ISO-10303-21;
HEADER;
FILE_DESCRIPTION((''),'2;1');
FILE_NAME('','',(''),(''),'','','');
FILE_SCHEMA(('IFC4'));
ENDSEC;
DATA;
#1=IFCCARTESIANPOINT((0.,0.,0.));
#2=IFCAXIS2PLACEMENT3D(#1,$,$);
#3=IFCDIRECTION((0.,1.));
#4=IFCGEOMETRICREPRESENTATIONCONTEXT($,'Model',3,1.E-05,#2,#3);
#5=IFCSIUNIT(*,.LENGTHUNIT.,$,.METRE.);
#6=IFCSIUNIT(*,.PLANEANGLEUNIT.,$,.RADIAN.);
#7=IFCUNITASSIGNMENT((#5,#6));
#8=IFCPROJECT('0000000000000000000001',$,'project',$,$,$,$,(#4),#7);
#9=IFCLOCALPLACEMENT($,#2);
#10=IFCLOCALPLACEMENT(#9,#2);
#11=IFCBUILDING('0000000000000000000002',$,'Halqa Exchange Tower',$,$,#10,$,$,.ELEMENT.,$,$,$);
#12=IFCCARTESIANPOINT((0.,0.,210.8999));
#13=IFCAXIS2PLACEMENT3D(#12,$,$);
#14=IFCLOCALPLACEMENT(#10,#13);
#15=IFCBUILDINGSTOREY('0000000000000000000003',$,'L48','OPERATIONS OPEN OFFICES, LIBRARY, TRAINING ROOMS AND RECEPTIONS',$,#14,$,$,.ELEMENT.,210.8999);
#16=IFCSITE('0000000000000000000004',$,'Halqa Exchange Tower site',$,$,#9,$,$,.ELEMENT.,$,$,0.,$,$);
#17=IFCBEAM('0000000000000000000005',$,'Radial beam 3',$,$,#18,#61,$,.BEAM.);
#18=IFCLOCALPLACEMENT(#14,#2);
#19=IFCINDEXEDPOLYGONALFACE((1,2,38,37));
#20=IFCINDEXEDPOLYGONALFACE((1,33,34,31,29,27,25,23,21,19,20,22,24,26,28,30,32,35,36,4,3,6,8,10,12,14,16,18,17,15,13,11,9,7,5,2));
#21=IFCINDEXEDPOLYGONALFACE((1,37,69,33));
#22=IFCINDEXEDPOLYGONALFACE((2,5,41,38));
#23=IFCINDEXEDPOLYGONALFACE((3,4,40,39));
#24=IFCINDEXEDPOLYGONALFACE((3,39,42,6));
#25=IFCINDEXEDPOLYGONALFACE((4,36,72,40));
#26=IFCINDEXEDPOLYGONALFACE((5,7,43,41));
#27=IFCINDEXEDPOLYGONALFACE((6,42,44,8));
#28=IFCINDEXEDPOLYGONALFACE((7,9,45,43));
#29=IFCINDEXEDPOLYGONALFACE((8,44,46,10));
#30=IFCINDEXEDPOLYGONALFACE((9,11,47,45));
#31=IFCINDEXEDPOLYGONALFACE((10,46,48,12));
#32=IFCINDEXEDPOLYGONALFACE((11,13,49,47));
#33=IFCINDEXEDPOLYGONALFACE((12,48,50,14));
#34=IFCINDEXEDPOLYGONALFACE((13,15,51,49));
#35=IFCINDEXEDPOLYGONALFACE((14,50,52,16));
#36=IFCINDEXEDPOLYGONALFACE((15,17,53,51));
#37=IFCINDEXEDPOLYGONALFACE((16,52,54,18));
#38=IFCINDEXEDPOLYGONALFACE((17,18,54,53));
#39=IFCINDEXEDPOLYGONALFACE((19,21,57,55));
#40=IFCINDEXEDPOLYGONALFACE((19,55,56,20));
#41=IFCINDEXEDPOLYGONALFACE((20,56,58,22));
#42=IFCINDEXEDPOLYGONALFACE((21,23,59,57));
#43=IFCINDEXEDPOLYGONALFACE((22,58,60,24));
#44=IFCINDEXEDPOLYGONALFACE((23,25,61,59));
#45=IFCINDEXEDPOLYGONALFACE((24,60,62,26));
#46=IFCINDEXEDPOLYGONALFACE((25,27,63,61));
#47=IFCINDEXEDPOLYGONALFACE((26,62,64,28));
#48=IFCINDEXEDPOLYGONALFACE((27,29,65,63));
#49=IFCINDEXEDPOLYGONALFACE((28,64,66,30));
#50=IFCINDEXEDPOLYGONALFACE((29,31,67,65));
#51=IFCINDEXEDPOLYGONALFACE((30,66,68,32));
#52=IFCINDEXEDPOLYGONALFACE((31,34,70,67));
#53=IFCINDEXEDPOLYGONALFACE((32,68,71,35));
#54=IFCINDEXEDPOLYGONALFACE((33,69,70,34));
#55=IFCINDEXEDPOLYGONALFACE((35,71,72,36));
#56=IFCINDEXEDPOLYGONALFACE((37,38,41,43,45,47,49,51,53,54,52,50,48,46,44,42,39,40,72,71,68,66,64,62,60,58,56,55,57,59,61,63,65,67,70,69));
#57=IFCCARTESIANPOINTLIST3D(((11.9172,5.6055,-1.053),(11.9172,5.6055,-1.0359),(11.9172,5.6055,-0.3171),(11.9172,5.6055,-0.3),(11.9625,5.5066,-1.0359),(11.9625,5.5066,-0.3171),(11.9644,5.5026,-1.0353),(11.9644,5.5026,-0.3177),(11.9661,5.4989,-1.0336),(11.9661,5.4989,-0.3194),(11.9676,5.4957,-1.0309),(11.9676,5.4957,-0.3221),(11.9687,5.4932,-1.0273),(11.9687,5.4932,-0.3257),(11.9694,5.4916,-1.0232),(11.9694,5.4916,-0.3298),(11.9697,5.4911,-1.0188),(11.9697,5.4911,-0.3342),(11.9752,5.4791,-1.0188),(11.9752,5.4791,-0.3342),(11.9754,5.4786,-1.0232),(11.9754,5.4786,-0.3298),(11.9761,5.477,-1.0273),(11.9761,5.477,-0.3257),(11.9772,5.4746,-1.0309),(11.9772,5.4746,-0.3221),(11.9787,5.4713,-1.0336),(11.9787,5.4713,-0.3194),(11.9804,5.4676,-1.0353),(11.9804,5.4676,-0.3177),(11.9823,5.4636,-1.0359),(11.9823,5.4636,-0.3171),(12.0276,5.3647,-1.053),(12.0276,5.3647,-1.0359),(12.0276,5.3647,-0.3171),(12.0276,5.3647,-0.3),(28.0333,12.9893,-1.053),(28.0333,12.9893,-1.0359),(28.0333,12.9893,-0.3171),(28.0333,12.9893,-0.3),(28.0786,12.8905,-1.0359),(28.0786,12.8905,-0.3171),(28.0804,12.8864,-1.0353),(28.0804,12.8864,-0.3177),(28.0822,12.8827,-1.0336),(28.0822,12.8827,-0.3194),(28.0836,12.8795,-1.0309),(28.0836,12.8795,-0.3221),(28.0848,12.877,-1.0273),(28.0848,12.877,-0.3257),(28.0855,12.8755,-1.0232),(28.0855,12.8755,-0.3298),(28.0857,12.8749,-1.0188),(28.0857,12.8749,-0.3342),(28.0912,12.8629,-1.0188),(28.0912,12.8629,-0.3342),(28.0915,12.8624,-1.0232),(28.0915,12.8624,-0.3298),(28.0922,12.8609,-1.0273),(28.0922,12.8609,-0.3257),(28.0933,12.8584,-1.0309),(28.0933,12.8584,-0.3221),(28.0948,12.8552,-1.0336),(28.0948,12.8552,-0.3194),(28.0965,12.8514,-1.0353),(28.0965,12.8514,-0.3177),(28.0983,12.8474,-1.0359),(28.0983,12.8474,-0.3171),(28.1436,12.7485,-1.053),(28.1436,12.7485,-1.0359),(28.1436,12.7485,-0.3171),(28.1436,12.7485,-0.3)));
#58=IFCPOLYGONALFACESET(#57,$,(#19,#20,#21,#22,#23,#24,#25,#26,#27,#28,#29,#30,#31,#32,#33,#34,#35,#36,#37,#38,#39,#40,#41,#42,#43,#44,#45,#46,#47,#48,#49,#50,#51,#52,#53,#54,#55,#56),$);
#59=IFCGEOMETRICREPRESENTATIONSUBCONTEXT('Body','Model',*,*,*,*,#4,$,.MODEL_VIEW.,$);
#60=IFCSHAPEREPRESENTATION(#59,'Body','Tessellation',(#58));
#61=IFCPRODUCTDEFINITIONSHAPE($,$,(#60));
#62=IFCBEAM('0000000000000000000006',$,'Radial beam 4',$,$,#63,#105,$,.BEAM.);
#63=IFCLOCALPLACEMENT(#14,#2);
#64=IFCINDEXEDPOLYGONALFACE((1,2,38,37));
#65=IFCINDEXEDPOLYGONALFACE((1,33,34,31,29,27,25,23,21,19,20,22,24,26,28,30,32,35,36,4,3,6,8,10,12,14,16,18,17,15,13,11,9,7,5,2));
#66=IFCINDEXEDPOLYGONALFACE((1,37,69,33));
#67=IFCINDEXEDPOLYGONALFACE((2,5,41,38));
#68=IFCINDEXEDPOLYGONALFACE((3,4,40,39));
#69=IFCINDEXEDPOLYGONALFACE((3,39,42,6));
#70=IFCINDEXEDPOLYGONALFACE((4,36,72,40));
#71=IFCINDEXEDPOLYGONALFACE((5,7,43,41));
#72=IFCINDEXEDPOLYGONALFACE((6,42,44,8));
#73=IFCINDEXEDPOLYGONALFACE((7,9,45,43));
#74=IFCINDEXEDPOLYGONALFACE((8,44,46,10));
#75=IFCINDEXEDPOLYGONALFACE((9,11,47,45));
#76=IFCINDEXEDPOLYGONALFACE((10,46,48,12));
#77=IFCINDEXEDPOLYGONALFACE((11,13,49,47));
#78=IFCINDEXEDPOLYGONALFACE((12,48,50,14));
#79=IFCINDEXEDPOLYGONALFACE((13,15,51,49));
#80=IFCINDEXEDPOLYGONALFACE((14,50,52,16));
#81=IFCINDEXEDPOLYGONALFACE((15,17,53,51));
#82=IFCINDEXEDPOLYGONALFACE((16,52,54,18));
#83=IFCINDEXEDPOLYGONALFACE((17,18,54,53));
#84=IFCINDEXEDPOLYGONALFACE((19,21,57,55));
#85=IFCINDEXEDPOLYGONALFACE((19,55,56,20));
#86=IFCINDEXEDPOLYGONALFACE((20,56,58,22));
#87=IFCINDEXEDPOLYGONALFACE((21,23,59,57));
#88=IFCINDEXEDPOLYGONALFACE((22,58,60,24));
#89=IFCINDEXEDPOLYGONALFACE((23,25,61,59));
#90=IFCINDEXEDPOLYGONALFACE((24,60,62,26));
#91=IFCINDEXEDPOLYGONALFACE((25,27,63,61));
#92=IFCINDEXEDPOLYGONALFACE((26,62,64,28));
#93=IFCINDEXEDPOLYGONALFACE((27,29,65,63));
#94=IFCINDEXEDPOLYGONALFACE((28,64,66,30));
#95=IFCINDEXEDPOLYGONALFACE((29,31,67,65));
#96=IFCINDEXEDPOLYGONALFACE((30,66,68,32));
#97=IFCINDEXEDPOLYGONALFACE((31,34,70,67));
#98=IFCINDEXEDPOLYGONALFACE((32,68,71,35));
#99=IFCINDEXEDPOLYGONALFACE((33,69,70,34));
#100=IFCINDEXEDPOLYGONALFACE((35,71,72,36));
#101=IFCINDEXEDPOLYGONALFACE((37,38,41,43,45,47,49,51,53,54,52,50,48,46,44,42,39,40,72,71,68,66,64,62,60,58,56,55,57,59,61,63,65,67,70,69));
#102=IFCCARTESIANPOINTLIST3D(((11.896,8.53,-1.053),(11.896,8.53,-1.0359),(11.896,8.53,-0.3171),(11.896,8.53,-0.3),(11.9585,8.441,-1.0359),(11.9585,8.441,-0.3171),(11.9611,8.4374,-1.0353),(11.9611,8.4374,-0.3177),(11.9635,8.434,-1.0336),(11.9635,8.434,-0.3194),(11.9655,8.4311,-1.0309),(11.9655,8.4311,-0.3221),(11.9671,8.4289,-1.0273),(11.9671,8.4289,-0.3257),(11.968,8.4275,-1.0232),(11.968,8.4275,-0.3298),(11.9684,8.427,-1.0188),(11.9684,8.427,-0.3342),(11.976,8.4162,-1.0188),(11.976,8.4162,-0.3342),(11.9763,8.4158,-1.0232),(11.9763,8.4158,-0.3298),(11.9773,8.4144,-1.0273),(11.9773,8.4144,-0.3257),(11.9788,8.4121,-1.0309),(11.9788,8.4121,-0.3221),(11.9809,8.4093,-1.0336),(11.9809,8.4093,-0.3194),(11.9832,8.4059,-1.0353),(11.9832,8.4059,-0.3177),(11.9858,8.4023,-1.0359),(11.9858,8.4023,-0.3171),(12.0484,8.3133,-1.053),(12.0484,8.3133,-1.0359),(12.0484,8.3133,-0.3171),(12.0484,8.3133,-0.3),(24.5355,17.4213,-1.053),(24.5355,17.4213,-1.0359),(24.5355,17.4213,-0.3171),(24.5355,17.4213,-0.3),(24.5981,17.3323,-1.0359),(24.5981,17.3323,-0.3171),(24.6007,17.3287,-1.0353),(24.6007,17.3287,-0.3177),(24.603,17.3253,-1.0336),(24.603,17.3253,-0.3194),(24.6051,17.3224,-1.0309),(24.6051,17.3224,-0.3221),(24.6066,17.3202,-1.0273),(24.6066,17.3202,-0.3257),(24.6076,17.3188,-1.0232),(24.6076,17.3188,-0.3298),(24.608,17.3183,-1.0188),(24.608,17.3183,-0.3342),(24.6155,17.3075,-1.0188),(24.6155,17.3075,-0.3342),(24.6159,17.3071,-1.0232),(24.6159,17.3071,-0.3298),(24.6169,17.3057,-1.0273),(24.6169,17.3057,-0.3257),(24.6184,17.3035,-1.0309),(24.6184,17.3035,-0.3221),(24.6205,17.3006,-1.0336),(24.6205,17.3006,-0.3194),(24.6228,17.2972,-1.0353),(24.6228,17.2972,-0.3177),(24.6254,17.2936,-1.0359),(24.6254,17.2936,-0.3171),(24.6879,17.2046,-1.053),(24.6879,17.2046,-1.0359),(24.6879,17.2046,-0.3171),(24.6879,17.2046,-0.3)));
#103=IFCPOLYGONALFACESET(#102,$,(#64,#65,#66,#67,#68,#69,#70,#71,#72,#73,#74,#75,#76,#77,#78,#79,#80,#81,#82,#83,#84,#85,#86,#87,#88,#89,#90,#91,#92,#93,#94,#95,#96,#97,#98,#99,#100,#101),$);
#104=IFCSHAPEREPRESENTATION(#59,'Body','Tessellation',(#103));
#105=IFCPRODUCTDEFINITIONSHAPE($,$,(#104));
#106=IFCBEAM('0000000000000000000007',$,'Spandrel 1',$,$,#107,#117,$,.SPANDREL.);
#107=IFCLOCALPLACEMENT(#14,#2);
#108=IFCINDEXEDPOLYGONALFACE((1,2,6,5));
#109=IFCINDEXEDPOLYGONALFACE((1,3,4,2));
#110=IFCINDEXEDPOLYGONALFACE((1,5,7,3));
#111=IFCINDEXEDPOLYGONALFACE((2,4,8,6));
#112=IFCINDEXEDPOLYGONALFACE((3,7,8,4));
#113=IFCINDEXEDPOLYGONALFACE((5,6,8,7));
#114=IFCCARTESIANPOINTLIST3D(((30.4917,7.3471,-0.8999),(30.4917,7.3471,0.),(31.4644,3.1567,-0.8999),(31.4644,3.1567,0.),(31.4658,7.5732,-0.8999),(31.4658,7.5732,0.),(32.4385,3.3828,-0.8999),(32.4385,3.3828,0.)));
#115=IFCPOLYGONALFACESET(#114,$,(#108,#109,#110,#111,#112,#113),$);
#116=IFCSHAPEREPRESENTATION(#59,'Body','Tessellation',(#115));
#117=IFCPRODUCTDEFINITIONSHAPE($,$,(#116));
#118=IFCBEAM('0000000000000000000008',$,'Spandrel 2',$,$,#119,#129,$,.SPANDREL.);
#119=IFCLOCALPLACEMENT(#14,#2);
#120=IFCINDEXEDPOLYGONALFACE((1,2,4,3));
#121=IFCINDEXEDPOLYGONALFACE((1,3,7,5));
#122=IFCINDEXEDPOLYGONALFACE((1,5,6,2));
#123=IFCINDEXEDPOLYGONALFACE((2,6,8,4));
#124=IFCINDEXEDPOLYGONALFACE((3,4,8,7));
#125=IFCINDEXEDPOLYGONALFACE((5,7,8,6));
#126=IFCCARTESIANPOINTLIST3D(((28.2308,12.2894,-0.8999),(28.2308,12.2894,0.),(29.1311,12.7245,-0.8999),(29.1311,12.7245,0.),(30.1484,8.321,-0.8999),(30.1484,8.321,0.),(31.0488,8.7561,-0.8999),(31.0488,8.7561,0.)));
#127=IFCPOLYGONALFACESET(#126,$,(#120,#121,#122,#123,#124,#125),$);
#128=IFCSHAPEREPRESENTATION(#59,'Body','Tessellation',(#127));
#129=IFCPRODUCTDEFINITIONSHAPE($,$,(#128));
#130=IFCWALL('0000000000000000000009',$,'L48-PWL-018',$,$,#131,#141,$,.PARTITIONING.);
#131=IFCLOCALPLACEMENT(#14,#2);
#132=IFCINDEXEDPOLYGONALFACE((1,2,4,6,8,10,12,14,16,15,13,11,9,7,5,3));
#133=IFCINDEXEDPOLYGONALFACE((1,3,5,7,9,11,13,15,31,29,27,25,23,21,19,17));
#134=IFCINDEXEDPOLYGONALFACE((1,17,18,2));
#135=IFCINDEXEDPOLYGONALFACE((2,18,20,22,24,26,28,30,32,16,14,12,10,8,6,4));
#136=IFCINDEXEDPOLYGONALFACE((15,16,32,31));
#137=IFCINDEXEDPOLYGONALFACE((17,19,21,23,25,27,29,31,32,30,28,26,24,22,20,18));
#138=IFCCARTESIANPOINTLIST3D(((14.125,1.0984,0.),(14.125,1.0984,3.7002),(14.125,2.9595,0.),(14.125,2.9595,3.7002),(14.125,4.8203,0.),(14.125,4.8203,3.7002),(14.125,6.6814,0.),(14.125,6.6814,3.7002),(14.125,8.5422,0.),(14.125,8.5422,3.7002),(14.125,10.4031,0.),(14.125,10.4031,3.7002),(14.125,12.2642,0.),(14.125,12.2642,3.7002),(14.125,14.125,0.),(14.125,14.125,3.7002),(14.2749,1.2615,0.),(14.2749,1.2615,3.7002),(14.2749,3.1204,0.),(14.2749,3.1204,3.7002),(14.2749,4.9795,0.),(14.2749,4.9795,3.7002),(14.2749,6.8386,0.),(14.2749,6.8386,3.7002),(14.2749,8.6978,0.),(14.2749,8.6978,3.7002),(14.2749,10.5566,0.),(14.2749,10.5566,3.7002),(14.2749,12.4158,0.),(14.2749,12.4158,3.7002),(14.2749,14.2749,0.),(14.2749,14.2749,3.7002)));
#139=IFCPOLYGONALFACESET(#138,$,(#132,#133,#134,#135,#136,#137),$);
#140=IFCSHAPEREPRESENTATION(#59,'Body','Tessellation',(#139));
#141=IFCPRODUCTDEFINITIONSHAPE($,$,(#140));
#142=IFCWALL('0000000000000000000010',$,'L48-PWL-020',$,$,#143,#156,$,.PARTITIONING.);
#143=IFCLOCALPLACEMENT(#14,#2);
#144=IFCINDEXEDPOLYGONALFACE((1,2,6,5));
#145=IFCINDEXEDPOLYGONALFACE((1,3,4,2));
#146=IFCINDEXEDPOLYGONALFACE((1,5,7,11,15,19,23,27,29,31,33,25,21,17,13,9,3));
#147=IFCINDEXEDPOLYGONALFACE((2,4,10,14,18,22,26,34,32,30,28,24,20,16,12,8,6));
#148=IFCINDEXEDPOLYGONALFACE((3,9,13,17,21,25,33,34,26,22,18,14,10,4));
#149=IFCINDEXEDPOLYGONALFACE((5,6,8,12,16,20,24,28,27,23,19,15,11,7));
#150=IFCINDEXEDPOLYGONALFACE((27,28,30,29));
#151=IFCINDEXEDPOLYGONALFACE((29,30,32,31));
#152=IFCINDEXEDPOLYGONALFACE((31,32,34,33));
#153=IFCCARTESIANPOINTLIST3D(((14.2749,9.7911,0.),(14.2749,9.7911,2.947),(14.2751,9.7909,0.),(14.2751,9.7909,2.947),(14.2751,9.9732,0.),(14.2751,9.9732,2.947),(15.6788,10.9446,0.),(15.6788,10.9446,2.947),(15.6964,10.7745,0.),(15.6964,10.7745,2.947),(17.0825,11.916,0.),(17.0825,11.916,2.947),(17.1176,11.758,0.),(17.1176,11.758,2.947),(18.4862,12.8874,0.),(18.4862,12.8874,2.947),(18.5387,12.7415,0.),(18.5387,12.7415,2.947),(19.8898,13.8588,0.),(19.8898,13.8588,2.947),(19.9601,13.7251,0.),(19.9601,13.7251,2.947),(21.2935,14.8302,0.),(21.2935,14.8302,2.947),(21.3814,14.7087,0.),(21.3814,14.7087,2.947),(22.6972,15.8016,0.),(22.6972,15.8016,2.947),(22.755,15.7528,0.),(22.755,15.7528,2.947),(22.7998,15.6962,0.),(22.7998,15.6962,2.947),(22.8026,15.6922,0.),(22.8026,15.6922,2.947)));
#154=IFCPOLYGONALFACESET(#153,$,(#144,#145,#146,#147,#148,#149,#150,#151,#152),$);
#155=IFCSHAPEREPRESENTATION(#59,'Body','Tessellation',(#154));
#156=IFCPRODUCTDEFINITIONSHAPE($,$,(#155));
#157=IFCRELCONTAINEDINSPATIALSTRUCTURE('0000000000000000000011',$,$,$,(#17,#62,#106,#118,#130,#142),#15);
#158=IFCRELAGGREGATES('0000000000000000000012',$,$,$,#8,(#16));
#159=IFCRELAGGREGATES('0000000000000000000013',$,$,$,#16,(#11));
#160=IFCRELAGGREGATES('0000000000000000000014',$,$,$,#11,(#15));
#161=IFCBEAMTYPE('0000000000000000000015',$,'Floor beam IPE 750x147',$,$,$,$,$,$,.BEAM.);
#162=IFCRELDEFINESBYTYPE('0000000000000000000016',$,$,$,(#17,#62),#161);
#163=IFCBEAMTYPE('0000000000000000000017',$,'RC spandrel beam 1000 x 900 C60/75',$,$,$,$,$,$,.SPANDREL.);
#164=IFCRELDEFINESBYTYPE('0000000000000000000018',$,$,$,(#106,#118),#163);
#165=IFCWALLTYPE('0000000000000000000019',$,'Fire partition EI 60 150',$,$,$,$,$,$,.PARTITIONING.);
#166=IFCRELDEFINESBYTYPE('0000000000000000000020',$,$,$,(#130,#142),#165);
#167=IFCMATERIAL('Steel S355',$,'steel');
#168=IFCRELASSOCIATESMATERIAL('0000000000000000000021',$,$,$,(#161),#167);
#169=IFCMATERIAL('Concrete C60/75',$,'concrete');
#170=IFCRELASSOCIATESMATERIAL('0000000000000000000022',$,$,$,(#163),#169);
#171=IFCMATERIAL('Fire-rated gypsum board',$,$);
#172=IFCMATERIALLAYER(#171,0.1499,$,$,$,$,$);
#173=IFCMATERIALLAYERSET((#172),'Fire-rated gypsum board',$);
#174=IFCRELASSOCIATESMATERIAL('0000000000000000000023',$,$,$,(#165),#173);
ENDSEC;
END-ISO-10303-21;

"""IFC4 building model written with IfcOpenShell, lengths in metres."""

from ifc_helpers import new_model, si_unit, direction, frame, origin, origin_2d, place, context, subcontext, project, spatial, polyline, rectangle, i_section, outline, extrude, material, layer, layer_set, material_profile, profile_set, type_object, element, save


model = new_model("IFC4")

# Units and contexts
model_context = context("Model", 3, precision=1e-05, world=origin(), true_north=direction((0.0, 1.0)))
body_context = subcontext(model_context, "Body", "Model", "MODEL_VIEW")
ifc_project = project(units=[si_unit("LENGTHUNIT", "METRE"), si_unit("PLANEANGLEUNIT", "RADIAN")], contexts=[model_context])

# Site, building, storey
site_placement = place(None, origin())
site = spatial("IfcSite", under=ifc_project, at=site_placement, Name="Halqa Exchange Tower site", CompositionType="ELEMENT", RefElevation=0.0)
building_placement = place(site_placement, origin())
building = spatial("IfcBuilding", under=site, at=building_placement, Name="Halqa Exchange Tower", CompositionType="ELEMENT")
storey_placement = place(building_placement, frame((0.0, 0.0, 210.8999)))
storey = spatial("IfcBuildingStorey", under=building, at=storey_placement, Name="L48", Description="OPERATIONS OPEN OFFICES, LIBRARY, TRAINING ROOMS AND RECEPTIONS", CompositionType="ELEMENT", Elevation=210.8999)

# Shared definitions
ifc_material_1 = material(Name="Concrete C60/75", Category="concrete")

# Beams
ifc_material_2 = material(Name="Steel S355", Category="steel")
ifc_material_profile_1 = material_profile(ifc_material_2, i_section(OverallWidth=0.2649, OverallDepth=0.7529, WebThickness=0.0132, FlangeThickness=0.0171, FilletRadius=0.0171, at=origin_2d()), Name="IPE 750x147")
ifc_profile_set_1 = profile_set([ifc_material_profile_1], Name="Steel S355")
beam_type_1 = type_object("IfcBeamType", Name="Floor beam IPE 750x147", PredefinedType="BEAM", material=ifc_profile_set_1)
beam_1_placement = place(storey_placement, frame((11.9724, 5.4851, -0.6765), z_axis=(0.909122, 0.416529, 0.0), x_axis=(-0.416529, 0.909122, 0.0)))
element("IfcBeam", 1, at=beam_1_placement, inside=storey, type_object=beam_type_1, Name="Radial beam 3", PredefinedType="BEAM", context=body_context, shape_type="SweptSolid", body=[
    extrude(i_section(OverallWidth=0.2649, OverallDepth=0.7529, WebThickness=0.0132, FlangeThickness=0.0171, FilletRadius=0.0171, at=origin_2d()), origin(), (0.0, 0.0, 1.0), 17.7271),
])
beam_2_placement = place(storey_placement, frame((11.9722, 8.4216, -0.6765), z_axis=(0.817904, 0.575354, 0.0), x_axis=(-0.575354, 0.817904, 0.0)))
element("IfcBeam", 2, at=beam_2_placement, inside=storey, type_object=beam_type_1, Name="Radial beam 4", PredefinedType="BEAM", context=body_context, shape_type="SweptSolid", body=[
    extrude(i_section(OverallWidth=0.2649, OverallDepth=0.7529, WebThickness=0.0132, FlangeThickness=0.0171, FilletRadius=0.0171, at=origin_2d()), origin(), (0.0, 0.0, 1.0), 15.4536),
])
ifc_material_profile_2 = material_profile(ifc_material_1, rectangle(XDim=1.0, YDim=0.8999, at=origin_2d()), Name="1000 x 900")
ifc_profile_set_2 = profile_set([ifc_material_profile_2], Name="Concrete C60/75")
beam_type_2 = type_object("IfcBeamType", Name="RC spandrel beam 1000 x 900 C60/75", PredefinedType="SPANDREL", material=ifc_profile_set_2)
beam_3_placement = place(storey_placement, frame((31.9514, 3.2698, -0.45), z_axis=(-0.226103, 0.974103, 0.0), x_axis=(-0.974103, -0.226103, 0.0)))
element("IfcBeam", 3, at=beam_3_placement, inside=storey, type_object=beam_type_2, Name="Spandrel 1", PredefinedType="SPANDREL", context=body_context, shape_type="SweptSolid", body=[
    extrude(rectangle(XDim=1.0, YDim=0.8999, at=origin_2d()), origin(), (0.0, 0.0, 1.0), 4.3018),
])
beam_4_placement = place(storey_placement, frame((30.5986, 8.5386, -0.45), z_axis=(-0.435098, 0.900383, 0.0), x_axis=(-0.900383, -0.435098, 0.0)))
element("IfcBeam", 4, at=beam_4_placement, inside=storey, type_object=beam_type_2, Name="Spandrel 2", PredefinedType="SPANDREL", context=body_context, shape_type="SweptSolid", body=[
    extrude(rectangle(XDim=1.0, YDim=0.8999, at=origin_2d()), origin(), (0.0, 0.0, 1.0), 4.4075),
])

# Wall
ifc_material_3 = material(Name="Fire-rated gypsum board")
ifc_layer_1 = layer(ifc_material_3, 0.1499)
ifc_layer_set_1 = layer_set([ifc_layer_1], Name="Fire-rated gypsum board")
wall_type_1 = type_object("IfcWallType", Name="Fire partition EI 60 150", PredefinedType="PARTITIONING", material=ifc_layer_set_1)
wall_1_placement = place(storey_placement, frame((14.2, 1.0984, 0.0), z_axis=(0.0, 0.0, 1.0), x_axis=(0.0, 1.0, 0.0)))
element("IfcWall", 5, at=wall_1_placement, inside=storey, type_object=wall_type_1, Name="L48-PWL-018", PredefinedType="PARTITIONING", context=body_context, shape_type="SweptSolid", body=[
    extrude(outline(polyline([(0.1631, -0.075), (2.022, -0.075), (3.8811, -0.075), (5.7402, -0.075), (7.5994, -0.075), (9.4583, -0.075), (11.3174, -0.075), (13.1765, -0.075), (13.0266, 0.075), (11.1658, 0.075), (9.3047, 0.075), (7.4438, 0.075), (5.583, 0.075), (3.7219, 0.075), (1.8611, 0.075), (0.0, 0.075), (0.1631, -0.075)])), origin(), (0.0, 0.0, 1.0), 3.7002),
])

# Wall
wall_2_placement = place(storey_placement, frame((14.2324, 9.8525, 0.0), z_axis=(0.0, 0.0, 1.0), x_axis=(0.822298, 0.569057, 0.0)))
element("IfcWall", 6, at=wall_2_placement, inside=storey, type_object=wall_type_1, Name="L48-PWL-020", PredefinedType="PARTITIONING", context=body_context, shape_type="SweptSolid", body=[
    extrude(outline(polyline([(10.3704, -0.075), (10.3704, -0.0701), (10.3657, 0.002), (10.3459, 0.075), (8.6389, 0.075), (6.9319, 0.075), (5.2249, 0.075), (3.5178, 0.075), (1.8108, 0.075), (0.1038, 0.075), (0.0, -0.0747), (0.0, -0.075), (1.7285, -0.075), (3.4568, -0.075), (5.1851, -0.075), (6.9136, -0.075), (8.6421, -0.075), (10.3704, -0.075)])), origin(), (0.0, 0.0, 1.0), 2.947),
])

save(model, "model.ifc")
